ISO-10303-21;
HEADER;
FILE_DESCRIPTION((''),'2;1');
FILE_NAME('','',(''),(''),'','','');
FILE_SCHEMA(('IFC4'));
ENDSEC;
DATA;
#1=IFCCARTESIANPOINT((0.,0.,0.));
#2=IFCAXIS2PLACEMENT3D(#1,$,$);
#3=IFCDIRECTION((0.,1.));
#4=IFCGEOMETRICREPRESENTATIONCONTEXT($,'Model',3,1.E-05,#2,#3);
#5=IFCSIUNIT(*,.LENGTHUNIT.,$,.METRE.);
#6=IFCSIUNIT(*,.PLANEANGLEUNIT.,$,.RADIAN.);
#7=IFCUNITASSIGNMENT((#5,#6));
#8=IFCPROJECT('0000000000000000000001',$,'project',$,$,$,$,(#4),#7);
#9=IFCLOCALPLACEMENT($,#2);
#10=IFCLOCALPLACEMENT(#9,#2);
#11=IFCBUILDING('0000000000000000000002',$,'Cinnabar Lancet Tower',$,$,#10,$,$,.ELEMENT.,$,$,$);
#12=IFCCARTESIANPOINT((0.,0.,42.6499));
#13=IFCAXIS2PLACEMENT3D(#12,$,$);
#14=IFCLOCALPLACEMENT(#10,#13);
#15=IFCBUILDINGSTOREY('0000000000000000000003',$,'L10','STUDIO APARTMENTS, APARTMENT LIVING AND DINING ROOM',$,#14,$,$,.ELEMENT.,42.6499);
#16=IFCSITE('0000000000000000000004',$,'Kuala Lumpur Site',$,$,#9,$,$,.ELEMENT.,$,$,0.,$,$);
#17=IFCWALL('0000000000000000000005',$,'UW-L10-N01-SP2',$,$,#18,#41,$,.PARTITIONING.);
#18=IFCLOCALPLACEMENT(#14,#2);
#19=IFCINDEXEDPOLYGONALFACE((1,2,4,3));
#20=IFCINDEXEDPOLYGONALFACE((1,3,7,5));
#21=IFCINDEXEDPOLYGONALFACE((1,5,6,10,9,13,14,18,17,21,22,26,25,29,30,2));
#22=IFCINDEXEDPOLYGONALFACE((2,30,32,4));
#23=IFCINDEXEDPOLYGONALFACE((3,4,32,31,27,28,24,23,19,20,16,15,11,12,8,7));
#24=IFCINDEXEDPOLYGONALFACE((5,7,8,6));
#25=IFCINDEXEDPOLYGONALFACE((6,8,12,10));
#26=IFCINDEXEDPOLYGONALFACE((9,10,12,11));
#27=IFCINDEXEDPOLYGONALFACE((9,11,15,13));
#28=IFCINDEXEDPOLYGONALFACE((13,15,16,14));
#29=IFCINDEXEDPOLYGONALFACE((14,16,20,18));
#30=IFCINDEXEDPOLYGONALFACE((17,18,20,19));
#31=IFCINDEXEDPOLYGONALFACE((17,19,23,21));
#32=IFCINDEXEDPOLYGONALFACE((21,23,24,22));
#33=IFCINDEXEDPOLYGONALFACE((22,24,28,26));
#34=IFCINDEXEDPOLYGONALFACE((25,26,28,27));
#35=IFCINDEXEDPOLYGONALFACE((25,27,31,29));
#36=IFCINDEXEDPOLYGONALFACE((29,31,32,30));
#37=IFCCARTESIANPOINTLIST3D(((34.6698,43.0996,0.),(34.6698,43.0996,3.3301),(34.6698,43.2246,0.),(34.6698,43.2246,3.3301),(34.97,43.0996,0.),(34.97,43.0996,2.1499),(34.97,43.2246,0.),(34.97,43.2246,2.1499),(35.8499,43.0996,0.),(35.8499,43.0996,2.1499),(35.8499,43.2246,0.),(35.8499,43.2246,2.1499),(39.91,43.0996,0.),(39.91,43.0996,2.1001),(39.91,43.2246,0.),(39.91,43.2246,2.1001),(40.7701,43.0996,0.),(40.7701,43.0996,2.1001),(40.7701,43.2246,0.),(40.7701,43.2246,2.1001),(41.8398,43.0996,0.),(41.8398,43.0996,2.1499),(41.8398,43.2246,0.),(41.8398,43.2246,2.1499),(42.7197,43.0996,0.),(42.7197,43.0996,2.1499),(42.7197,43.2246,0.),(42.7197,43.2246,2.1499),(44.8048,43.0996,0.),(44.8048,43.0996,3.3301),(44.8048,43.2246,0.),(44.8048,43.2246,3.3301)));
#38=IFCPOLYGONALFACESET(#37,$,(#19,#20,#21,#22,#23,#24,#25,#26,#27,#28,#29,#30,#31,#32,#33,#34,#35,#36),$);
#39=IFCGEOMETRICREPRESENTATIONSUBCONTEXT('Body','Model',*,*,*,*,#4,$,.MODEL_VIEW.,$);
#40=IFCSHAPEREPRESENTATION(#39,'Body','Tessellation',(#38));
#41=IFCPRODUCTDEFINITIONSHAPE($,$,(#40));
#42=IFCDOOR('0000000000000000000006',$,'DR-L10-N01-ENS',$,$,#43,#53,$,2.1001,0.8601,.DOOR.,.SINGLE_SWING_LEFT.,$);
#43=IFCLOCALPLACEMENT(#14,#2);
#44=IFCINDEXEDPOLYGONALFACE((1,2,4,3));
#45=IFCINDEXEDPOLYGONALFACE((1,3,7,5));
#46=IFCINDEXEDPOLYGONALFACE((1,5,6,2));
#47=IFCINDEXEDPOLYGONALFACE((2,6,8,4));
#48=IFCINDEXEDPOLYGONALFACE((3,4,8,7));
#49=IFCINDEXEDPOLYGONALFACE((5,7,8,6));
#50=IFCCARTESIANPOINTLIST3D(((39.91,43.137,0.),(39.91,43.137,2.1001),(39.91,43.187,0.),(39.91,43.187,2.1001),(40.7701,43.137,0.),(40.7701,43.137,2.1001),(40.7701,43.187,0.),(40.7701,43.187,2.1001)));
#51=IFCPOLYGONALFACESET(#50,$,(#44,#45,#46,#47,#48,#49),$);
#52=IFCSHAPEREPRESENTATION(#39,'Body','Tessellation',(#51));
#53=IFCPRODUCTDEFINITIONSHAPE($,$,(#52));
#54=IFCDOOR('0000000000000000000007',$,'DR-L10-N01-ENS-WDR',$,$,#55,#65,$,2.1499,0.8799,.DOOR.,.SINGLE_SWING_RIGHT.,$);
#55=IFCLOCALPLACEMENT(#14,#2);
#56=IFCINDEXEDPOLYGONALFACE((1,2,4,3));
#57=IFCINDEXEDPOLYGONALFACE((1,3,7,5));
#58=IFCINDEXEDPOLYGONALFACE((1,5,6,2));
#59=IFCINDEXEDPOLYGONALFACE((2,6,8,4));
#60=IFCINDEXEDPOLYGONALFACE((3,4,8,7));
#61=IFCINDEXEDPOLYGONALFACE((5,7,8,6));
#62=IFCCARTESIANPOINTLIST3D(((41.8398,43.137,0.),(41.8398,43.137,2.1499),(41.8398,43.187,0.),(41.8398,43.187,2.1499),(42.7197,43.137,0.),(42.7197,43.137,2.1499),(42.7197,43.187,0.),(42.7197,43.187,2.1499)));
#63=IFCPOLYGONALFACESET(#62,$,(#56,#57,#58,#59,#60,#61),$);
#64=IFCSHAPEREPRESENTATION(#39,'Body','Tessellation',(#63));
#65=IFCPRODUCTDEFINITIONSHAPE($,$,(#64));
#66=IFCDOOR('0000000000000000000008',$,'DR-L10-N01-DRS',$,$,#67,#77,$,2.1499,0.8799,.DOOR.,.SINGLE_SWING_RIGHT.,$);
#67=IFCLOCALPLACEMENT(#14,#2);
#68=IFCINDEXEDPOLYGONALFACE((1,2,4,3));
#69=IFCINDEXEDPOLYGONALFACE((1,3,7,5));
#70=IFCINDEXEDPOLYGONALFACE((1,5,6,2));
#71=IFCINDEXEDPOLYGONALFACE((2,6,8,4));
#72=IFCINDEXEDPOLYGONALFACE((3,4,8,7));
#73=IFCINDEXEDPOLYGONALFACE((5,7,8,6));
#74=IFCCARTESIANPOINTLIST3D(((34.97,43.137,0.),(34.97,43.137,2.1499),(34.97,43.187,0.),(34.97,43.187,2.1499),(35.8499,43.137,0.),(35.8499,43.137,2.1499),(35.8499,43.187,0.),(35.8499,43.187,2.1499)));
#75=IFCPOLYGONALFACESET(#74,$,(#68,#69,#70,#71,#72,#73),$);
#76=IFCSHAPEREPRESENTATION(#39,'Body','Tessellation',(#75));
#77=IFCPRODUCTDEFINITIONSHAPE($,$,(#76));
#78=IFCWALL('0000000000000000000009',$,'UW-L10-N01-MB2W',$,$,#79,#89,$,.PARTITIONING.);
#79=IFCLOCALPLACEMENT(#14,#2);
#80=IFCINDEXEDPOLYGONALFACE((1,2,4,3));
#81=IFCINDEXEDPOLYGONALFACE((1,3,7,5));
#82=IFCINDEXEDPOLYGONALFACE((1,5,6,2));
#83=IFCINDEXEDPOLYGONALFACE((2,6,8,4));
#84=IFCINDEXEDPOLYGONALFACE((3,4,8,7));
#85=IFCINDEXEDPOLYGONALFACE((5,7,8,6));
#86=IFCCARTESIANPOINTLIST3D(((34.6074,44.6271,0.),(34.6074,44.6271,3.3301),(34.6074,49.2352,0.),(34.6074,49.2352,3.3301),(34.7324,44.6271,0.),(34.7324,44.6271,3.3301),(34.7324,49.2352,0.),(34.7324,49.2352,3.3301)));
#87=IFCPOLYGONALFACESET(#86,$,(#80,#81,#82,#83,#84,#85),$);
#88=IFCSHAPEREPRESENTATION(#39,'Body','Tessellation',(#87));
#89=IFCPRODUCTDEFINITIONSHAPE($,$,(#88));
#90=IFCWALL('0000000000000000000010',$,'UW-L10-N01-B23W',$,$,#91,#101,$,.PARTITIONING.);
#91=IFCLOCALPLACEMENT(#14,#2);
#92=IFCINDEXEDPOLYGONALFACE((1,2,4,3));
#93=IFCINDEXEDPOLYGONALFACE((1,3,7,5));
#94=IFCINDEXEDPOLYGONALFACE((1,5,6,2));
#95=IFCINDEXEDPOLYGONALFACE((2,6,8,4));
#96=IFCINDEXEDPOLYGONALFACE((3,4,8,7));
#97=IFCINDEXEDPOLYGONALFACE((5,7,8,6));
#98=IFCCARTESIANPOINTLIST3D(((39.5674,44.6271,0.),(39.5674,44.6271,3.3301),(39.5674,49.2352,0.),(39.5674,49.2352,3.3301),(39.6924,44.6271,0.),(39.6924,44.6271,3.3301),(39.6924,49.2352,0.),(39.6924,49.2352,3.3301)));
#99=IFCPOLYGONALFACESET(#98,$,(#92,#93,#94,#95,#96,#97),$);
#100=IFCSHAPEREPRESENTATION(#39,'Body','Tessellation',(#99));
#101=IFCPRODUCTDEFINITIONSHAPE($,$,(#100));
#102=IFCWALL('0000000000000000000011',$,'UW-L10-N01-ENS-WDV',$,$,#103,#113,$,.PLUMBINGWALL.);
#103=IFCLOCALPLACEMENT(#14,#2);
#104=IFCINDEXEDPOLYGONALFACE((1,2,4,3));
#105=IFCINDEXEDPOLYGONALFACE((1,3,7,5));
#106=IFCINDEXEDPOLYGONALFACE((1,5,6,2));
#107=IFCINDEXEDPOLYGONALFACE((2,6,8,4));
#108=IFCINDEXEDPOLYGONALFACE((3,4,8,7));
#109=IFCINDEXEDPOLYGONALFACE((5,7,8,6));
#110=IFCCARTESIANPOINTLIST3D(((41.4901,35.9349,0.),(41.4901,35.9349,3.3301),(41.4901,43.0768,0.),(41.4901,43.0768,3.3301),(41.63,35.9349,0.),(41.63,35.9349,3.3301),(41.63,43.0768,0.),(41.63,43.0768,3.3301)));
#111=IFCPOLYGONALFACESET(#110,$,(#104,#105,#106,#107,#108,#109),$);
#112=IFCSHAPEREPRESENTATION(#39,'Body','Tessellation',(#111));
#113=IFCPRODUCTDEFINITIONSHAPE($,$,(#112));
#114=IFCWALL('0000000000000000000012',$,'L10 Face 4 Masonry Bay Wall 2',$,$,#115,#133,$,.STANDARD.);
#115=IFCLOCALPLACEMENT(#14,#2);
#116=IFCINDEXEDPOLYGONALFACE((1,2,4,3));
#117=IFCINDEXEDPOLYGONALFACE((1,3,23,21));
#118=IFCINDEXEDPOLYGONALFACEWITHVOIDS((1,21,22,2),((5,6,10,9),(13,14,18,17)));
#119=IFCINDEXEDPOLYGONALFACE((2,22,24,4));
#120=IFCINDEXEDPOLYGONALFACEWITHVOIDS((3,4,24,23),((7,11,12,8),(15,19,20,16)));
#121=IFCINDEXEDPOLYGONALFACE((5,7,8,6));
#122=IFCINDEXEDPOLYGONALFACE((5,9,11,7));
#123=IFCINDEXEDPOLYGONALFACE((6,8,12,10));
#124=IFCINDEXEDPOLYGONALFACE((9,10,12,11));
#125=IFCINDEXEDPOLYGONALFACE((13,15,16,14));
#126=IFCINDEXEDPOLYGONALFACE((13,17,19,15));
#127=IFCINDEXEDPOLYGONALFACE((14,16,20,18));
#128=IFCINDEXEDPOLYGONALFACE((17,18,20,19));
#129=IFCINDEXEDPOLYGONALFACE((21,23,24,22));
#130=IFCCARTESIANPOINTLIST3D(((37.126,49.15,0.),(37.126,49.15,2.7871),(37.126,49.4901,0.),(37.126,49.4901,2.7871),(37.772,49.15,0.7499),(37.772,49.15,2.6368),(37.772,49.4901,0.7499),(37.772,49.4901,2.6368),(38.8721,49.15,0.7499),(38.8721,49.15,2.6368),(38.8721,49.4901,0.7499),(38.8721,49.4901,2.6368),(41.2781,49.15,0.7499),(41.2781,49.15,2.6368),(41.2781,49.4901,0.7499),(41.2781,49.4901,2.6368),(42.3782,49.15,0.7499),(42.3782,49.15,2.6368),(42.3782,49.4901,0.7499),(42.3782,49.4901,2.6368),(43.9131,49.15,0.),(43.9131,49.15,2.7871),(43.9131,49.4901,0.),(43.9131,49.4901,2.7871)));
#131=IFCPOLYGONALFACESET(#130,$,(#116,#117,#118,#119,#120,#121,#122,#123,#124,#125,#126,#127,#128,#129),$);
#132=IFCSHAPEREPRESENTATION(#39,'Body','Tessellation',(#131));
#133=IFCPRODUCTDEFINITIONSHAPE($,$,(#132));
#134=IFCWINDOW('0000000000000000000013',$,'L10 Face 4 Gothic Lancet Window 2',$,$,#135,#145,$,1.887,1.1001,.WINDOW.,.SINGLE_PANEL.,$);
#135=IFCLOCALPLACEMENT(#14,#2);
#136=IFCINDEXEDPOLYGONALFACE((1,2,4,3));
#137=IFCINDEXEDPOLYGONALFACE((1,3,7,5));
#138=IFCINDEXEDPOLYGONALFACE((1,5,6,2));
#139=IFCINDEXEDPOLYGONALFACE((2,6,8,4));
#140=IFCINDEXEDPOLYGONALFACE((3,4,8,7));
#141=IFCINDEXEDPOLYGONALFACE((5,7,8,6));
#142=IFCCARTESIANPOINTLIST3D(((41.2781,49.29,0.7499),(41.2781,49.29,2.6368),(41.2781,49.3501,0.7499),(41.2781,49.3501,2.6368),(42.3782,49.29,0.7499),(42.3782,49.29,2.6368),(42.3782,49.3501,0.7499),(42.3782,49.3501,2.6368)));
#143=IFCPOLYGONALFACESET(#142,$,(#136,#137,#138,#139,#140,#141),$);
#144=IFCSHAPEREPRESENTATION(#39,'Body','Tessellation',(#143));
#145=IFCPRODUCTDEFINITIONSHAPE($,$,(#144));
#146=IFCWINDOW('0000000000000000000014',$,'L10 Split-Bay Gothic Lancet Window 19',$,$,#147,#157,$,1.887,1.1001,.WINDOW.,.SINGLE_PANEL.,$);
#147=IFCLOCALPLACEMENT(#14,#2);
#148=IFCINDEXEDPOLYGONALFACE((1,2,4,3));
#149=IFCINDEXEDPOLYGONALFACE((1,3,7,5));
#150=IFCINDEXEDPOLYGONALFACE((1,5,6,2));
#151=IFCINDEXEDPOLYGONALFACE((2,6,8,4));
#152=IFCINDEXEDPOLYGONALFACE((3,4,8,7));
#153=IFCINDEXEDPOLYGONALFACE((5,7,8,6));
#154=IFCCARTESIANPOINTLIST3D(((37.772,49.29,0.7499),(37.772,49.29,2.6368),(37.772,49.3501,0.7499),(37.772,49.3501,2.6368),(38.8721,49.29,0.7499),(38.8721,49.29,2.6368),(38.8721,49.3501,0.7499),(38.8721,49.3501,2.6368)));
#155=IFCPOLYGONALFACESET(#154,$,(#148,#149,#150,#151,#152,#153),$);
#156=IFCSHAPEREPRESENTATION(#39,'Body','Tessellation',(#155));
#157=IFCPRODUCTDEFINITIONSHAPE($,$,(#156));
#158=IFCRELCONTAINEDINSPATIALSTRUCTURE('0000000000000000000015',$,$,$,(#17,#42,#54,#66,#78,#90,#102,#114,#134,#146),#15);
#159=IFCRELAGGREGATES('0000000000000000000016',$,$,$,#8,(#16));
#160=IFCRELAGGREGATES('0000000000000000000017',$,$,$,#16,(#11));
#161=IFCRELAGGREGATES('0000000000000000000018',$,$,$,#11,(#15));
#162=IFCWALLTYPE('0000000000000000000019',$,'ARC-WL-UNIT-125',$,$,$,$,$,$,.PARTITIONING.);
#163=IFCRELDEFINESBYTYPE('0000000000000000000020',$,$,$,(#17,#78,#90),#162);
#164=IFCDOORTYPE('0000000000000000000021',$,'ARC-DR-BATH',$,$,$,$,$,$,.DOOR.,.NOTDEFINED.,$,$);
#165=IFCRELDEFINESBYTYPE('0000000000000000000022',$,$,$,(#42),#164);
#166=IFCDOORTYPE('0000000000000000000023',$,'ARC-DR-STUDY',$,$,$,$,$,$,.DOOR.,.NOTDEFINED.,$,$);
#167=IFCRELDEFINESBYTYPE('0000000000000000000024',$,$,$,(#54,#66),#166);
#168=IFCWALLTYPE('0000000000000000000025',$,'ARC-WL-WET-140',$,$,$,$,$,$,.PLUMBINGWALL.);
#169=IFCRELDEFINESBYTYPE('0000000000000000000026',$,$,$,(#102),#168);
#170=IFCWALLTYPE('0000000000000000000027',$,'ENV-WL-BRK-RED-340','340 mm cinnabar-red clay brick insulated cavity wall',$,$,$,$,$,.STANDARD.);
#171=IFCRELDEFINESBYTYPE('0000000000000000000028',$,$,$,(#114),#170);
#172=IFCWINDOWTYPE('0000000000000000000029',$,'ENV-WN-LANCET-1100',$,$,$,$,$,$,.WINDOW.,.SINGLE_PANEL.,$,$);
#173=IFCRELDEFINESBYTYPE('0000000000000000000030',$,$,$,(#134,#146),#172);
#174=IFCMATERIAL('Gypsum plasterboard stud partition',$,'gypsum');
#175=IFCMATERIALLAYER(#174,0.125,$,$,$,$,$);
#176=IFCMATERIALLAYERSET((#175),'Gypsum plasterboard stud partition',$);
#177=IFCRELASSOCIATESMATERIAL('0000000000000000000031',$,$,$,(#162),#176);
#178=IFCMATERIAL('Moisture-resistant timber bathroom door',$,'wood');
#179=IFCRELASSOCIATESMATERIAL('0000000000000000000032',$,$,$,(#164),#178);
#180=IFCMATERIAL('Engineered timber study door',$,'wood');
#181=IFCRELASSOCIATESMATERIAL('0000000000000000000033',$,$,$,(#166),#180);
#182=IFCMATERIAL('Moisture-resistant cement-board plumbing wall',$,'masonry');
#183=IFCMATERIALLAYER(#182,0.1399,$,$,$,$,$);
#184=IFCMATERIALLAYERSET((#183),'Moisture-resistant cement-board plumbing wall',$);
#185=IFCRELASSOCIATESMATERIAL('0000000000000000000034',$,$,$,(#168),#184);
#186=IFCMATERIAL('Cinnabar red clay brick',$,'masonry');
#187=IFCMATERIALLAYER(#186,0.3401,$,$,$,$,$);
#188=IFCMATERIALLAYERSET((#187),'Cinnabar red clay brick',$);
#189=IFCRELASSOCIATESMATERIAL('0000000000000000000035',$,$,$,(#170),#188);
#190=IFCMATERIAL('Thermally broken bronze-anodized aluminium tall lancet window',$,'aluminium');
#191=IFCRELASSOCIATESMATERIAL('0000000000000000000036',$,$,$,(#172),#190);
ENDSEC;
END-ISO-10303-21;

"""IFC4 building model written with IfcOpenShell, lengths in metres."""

from ifc_helpers import new_model, si_unit, direction, frame, frame_2d, origin, place, context, subcontext, project, spatial, rectangle, extrude, material, layer, layer_set, type_object, element, fill, save


model = new_model("IFC4")

# Units and contexts
model_context = context("Model", 3, precision=1e-05, world=origin(), true_north=direction((0.0, 1.0)))
body_context = subcontext(model_context, "Body", "Model", "MODEL_VIEW")
ifc_project = project(units=[si_unit("LENGTHUNIT", "METRE"), si_unit("PLANEANGLEUNIT", "RADIAN")], contexts=[model_context])

# Site, building, storey
site_placement = place(None, origin())
site = spatial("IfcSite", under=ifc_project, at=site_placement, Name="Kuala Lumpur Site", CompositionType="ELEMENT", RefElevation=0.0)
building_placement = place(site_placement, origin())
building = spatial("IfcBuilding", under=site, at=building_placement, Name="Cinnabar Lancet Tower", CompositionType="ELEMENT")
storey_placement = place(building_placement, frame((0.0, 0.0, 42.6499)))
storey = spatial("IfcBuildingStorey", under=building, at=storey_placement, Name="L10", Description="STUDIO APARTMENTS, APARTMENT LIVING AND DINING ROOM", CompositionType="ELEMENT", Elevation=42.6499)

# Wall, openings, doors
ifc_material_1 = material(Name="Gypsum plasterboard stud partition", Category="gypsum")
ifc_layer_1 = layer(ifc_material_1, 0.125)
ifc_layer_set_1 = layer_set([ifc_layer_1], Name="Gypsum plasterboard stud partition")
wall_type_1 = type_object("IfcWallType", Name="ARC-WL-UNIT-125", PredefinedType="PARTITIONING", material=ifc_layer_set_1)
wall_1_placement = place(storey_placement, frame((34.6699, 43.1621, 0.0), z_axis=(0.0, 0.0, 1.0), x_axis=(1.0, 0.0, 0.0)))
wall_1 = element("IfcWall", 1, at=wall_1_placement, inside=storey, type_object=wall_type_1, Name="UW-L10-N01-SP2", PredefinedType="PARTITIONING", context=body_context, shape_type="SweptSolid", body=[
    extrude(rectangle(XDim=10.135, YDim=0.125, at=frame_2d((5.0674, 0.0))), origin(), (0.0, 0.0, 1.0), 3.3301),
])
opening_1_placement = place(wall_1_placement, frame((5.24, 0.0, 0.0)))
opening_1 = element("IfcOpeningElement", 2, at=opening_1_placement, cuts=wall_1, PredefinedType="OPENING", context=body_context, shape_type="SweptSolid", body=[
    extrude(rectangle(XDim=0.8601, YDim=2.1001, at=frame_2d((0.4302, 1.05))), frame((0.0, 0.0725, 0.0), z_axis=(0.0, -1.0, 0.0), x_axis=(1.0, 0.0, 0.0)), (0.0, 0.0, 1.0), 0.145),
])
opening_2_placement = place(wall_1_placement, frame((7.1699, 0.0, 0.0)))
opening_2 = element("IfcOpeningElement", 3, at=opening_2_placement, cuts=wall_1, PredefinedType="OPENING", context=body_context, shape_type="SweptSolid", body=[
    extrude(rectangle(XDim=0.8799, YDim=2.1499, at=frame_2d((0.4399, 1.075))), frame((0.0, 0.0725, 0.0), z_axis=(0.0, -1.0, 0.0), x_axis=(1.0, 0.0, 0.0)), (0.0, 0.0, 1.0), 0.145),
])
opening_3_placement = place(wall_1_placement, frame((0.3, 0.0, 0.0)))
opening_3 = element("IfcOpeningElement", 4, at=opening_3_placement, cuts=wall_1, PredefinedType="OPENING", context=body_context, shape_type="SweptSolid", body=[
    extrude(rectangle(XDim=0.8799, YDim=2.1499, at=frame_2d((0.4399, 1.075))), frame((0.0, 0.0725, 0.0), z_axis=(0.0, -1.0, 0.0), x_axis=(1.0, 0.0, 0.0)), (0.0, 0.0, 1.0), 0.145),
])
ifc_material_2 = material(Name="Moisture-resistant timber bathroom door", Category="wood")
door_type_1 = type_object("IfcDoorType", Name="ARC-DR-BATH", OperationType="NOTDEFINED", PredefinedType="DOOR", material=ifc_material_2)
door_1_placement = place(opening_1_placement, origin())
door_1 = element("IfcDoor", 5, at=door_1_placement, inside=storey, type_object=door_type_1, Name="DR-L10-N01-ENS", OperationType="SINGLE_SWING_LEFT", OverallHeight=2.1001, OverallWidth=0.8601, PredefinedType="DOOR", context=body_context, shape_type="SweptSolid", body=[
    extrude(rectangle(XDim=0.8601, YDim=2.1001, at=frame_2d((0.4302, 1.05))), frame((0.0, 0.0249, 0.0), z_axis=(0.0, -1.0, 0.0), x_axis=(1.0, 0.0, 0.0)), (0.0, 0.0, 1.0), 0.05),
])
fill(opening_1, door_1)
ifc_material_3 = material(Name="Engineered timber study door", Category="wood")
door_type_2 = type_object("IfcDoorType", Name="ARC-DR-STUDY", OperationType="NOTDEFINED", PredefinedType="DOOR", material=ifc_material_3)
door_2_placement = place(opening_2_placement, origin())
door_2 = element("IfcDoor", 6, at=door_2_placement, inside=storey, type_object=door_type_2, Name="DR-L10-N01-ENS-WDR", OperationType="SINGLE_SWING_RIGHT", OverallHeight=2.1499, OverallWidth=0.8799, PredefinedType="DOOR", context=body_context, shape_type="SweptSolid", body=[
    extrude(rectangle(XDim=0.8799, YDim=2.1499, at=frame_2d((0.4399, 1.075))), frame((0.0, 0.0249, 0.0), z_axis=(0.0, -1.0, 0.0), x_axis=(1.0, 0.0, 0.0)), (0.0, 0.0, 1.0), 0.05),
])
fill(opening_2, door_2)
door_3_placement = place(opening_3_placement, origin())
door_3 = element("IfcDoor", 7, at=door_3_placement, inside=storey, type_object=door_type_2, Name="DR-L10-N01-DRS", OperationType="SINGLE_SWING_RIGHT", OverallHeight=2.1499, OverallWidth=0.8799, PredefinedType="DOOR", context=body_context, shape_type="SweptSolid", body=[
    extrude(rectangle(XDim=0.8799, YDim=2.1499, at=frame_2d((0.4399, 1.075))), frame((0.0, 0.0249, 0.0), z_axis=(0.0, -1.0, 0.0), x_axis=(1.0, 0.0, 0.0)), (0.0, 0.0, 1.0), 0.05),
])
fill(opening_3, door_3)

# Walls
for number, where, z_axis, x_axis, name in (
    (8, (34.6699, 44.627, 0.0), (0.0, 0.0, 1.0), (0.0, 1.0, 0.0), "UW-L10-N01-MB2W"),
    (9, (39.6299, 44.627, 0.0), (0.0, 0.0, 1.0), (0.0, 1.0, 0.0), "UW-L10-N01-B23W"),
):
    element("IfcWall", number, at=place(storey_placement, frame(where, z_axis=z_axis, x_axis=x_axis)), inside=storey, type_object=wall_type_1, Name=name, PredefinedType="PARTITIONING", context=body_context, shape_type="SweptSolid", body=[
        extrude(rectangle(XDim=4.6082, YDim=0.125, at=frame_2d((2.3042, 0.0))), origin(), (0.0, 0.0, 1.0), 3.3301),
    ])
ifc_material_4 = material(Name="Moisture-resistant cement-board plumbing wall", Category="masonry")
ifc_layer_2 = layer(ifc_material_4, 0.1399)
ifc_layer_set_2 = layer_set([ifc_layer_2], Name="Moisture-resistant cement-board plumbing wall")
wall_type_2 = type_object("IfcWallType", Name="ARC-WL-WET-140", PredefinedType="PLUMBINGWALL", material=ifc_layer_set_2)
wall_2_placement = place(storey_placement, frame((41.5601, 35.9351, 0.0), z_axis=(0.0, 0.0, 1.0), x_axis=(0.0, 1.0, 0.0)))
element("IfcWall", 10, at=wall_2_placement, inside=storey, type_object=wall_type_2, Name="UW-L10-N01-ENS-WDV", PredefinedType="PLUMBINGWALL", context=body_context, shape_type="SweptSolid", body=[
    extrude(rectangle(XDim=7.1418, YDim=0.1399, at=frame_2d((3.5708, 0.0))), origin(), (0.0, 0.0, 1.0), 3.3301),
])

# Wall, openings, windows
ifc_material_5 = material(Name="Cinnabar red clay brick", Category="masonry")
ifc_layer_3 = layer(ifc_material_5, 0.3401)
ifc_layer_set_3 = layer_set([ifc_layer_3], Name="Cinnabar red clay brick")
wall_type_3 = type_object("IfcWallType", Name="ENV-WL-BRK-RED-340", Description="340 mm cinnabar-red clay brick insulated cavity wall", PredefinedType="STANDARD", material=ifc_layer_set_3)
wall_3_placement = place(storey_placement, frame((43.9131, 49.3201, 0.0), z_axis=(0.0, 0.0, 1.0), x_axis=(-1.0, 0.0, 0.0)))
wall_3 = element("IfcWall", 11, at=wall_3_placement, inside=storey, type_object=wall_type_3, Name="L10 Face 4 Masonry Bay Wall 2", PredefinedType="STANDARD", context=body_context, shape_type="SweptSolid", body=[
    extrude(rectangle(XDim=6.7871, YDim=0.3401, at=frame_2d((3.3936, 0.0))), origin(), (0.0, 0.0, 1.0), 2.7871),
])
opening_4_placement = place(wall_3_placement, frame((1.5349, 0.0, 0.75)))
opening_4 = element("IfcOpeningElement", 12, at=opening_4_placement, cuts=wall_3, PredefinedType="OPENING", context=body_context, shape_type="SweptSolid", body=[
    extrude(rectangle(XDim=1.1001, YDim=1.887, at=frame_2d((0.55, 0.9434))), frame((0.0, 0.1799, 0.0), z_axis=(0.0, -1.0, 0.0), x_axis=(1.0, 0.0, 0.0)), (0.0, 0.0, 1.0), 0.3601),
])
opening_5_placement = place(wall_3_placement, frame((5.041, 0.0, 0.75)))
opening_5 = element("IfcOpeningElement", 13, at=opening_5_placement, cuts=wall_3, PredefinedType="OPENING", context=body_context, shape_type="SweptSolid", body=[
    extrude(rectangle(XDim=1.1001, YDim=1.887, at=frame_2d((0.55, 0.9434))), frame((0.0, 0.1799, 0.0), z_axis=(0.0, -1.0, 0.0), x_axis=(1.0, 0.0, 0.0)), (0.0, 0.0, 1.0), 0.3601),
])
ifc_material_6 = material(Name="Thermally broken bronze-anodized aluminium tall lancet window", Category="aluminium")
window_type = type_object("IfcWindowType", Name="ENV-WN-LANCET-1100", PartitioningType="SINGLE_PANEL", PredefinedType="WINDOW", material=ifc_material_6)
window_1_placement = place(opening_4_placement, origin())
window_1 = element("IfcWindow", 14, at=window_1_placement, inside=storey, type_object=window_type, Name="L10 Face 4 Gothic Lancet Window 2", OverallHeight=1.887, OverallWidth=1.1001, PartitioningType="SINGLE_PANEL", PredefinedType="WINDOW", context=body_context, shape_type="SweptSolid", body=[
    extrude(rectangle(XDim=1.1001, YDim=1.887, at=frame_2d((0.55, 0.9434))), frame((0.0, 0.03, 0.0), z_axis=(0.0, -1.0, 0.0), x_axis=(1.0, 0.0, 0.0)), (0.0, 0.0, 1.0), 0.0601),
])
fill(opening_4, window_1)
window_2_placement = place(opening_5_placement, origin())
window_2 = element("IfcWindow", 15, at=window_2_placement, inside=storey, type_object=window_type, Name="L10 Split-Bay Gothic Lancet Window 19", OverallHeight=1.887, OverallWidth=1.1001, PartitioningType="SINGLE_PANEL", PredefinedType="WINDOW", context=body_context, shape_type="SweptSolid", body=[
    extrude(rectangle(XDim=1.1001, YDim=1.887, at=frame_2d((0.55, 0.9434))), frame((0.0, 0.03, 0.0), z_axis=(0.0, -1.0, 0.0), x_axis=(1.0, 0.0, 0.0)), (0.0, 0.0, 1.0), 0.0601),
])
fill(opening_5, window_2)

save(model, "model.ifc")
